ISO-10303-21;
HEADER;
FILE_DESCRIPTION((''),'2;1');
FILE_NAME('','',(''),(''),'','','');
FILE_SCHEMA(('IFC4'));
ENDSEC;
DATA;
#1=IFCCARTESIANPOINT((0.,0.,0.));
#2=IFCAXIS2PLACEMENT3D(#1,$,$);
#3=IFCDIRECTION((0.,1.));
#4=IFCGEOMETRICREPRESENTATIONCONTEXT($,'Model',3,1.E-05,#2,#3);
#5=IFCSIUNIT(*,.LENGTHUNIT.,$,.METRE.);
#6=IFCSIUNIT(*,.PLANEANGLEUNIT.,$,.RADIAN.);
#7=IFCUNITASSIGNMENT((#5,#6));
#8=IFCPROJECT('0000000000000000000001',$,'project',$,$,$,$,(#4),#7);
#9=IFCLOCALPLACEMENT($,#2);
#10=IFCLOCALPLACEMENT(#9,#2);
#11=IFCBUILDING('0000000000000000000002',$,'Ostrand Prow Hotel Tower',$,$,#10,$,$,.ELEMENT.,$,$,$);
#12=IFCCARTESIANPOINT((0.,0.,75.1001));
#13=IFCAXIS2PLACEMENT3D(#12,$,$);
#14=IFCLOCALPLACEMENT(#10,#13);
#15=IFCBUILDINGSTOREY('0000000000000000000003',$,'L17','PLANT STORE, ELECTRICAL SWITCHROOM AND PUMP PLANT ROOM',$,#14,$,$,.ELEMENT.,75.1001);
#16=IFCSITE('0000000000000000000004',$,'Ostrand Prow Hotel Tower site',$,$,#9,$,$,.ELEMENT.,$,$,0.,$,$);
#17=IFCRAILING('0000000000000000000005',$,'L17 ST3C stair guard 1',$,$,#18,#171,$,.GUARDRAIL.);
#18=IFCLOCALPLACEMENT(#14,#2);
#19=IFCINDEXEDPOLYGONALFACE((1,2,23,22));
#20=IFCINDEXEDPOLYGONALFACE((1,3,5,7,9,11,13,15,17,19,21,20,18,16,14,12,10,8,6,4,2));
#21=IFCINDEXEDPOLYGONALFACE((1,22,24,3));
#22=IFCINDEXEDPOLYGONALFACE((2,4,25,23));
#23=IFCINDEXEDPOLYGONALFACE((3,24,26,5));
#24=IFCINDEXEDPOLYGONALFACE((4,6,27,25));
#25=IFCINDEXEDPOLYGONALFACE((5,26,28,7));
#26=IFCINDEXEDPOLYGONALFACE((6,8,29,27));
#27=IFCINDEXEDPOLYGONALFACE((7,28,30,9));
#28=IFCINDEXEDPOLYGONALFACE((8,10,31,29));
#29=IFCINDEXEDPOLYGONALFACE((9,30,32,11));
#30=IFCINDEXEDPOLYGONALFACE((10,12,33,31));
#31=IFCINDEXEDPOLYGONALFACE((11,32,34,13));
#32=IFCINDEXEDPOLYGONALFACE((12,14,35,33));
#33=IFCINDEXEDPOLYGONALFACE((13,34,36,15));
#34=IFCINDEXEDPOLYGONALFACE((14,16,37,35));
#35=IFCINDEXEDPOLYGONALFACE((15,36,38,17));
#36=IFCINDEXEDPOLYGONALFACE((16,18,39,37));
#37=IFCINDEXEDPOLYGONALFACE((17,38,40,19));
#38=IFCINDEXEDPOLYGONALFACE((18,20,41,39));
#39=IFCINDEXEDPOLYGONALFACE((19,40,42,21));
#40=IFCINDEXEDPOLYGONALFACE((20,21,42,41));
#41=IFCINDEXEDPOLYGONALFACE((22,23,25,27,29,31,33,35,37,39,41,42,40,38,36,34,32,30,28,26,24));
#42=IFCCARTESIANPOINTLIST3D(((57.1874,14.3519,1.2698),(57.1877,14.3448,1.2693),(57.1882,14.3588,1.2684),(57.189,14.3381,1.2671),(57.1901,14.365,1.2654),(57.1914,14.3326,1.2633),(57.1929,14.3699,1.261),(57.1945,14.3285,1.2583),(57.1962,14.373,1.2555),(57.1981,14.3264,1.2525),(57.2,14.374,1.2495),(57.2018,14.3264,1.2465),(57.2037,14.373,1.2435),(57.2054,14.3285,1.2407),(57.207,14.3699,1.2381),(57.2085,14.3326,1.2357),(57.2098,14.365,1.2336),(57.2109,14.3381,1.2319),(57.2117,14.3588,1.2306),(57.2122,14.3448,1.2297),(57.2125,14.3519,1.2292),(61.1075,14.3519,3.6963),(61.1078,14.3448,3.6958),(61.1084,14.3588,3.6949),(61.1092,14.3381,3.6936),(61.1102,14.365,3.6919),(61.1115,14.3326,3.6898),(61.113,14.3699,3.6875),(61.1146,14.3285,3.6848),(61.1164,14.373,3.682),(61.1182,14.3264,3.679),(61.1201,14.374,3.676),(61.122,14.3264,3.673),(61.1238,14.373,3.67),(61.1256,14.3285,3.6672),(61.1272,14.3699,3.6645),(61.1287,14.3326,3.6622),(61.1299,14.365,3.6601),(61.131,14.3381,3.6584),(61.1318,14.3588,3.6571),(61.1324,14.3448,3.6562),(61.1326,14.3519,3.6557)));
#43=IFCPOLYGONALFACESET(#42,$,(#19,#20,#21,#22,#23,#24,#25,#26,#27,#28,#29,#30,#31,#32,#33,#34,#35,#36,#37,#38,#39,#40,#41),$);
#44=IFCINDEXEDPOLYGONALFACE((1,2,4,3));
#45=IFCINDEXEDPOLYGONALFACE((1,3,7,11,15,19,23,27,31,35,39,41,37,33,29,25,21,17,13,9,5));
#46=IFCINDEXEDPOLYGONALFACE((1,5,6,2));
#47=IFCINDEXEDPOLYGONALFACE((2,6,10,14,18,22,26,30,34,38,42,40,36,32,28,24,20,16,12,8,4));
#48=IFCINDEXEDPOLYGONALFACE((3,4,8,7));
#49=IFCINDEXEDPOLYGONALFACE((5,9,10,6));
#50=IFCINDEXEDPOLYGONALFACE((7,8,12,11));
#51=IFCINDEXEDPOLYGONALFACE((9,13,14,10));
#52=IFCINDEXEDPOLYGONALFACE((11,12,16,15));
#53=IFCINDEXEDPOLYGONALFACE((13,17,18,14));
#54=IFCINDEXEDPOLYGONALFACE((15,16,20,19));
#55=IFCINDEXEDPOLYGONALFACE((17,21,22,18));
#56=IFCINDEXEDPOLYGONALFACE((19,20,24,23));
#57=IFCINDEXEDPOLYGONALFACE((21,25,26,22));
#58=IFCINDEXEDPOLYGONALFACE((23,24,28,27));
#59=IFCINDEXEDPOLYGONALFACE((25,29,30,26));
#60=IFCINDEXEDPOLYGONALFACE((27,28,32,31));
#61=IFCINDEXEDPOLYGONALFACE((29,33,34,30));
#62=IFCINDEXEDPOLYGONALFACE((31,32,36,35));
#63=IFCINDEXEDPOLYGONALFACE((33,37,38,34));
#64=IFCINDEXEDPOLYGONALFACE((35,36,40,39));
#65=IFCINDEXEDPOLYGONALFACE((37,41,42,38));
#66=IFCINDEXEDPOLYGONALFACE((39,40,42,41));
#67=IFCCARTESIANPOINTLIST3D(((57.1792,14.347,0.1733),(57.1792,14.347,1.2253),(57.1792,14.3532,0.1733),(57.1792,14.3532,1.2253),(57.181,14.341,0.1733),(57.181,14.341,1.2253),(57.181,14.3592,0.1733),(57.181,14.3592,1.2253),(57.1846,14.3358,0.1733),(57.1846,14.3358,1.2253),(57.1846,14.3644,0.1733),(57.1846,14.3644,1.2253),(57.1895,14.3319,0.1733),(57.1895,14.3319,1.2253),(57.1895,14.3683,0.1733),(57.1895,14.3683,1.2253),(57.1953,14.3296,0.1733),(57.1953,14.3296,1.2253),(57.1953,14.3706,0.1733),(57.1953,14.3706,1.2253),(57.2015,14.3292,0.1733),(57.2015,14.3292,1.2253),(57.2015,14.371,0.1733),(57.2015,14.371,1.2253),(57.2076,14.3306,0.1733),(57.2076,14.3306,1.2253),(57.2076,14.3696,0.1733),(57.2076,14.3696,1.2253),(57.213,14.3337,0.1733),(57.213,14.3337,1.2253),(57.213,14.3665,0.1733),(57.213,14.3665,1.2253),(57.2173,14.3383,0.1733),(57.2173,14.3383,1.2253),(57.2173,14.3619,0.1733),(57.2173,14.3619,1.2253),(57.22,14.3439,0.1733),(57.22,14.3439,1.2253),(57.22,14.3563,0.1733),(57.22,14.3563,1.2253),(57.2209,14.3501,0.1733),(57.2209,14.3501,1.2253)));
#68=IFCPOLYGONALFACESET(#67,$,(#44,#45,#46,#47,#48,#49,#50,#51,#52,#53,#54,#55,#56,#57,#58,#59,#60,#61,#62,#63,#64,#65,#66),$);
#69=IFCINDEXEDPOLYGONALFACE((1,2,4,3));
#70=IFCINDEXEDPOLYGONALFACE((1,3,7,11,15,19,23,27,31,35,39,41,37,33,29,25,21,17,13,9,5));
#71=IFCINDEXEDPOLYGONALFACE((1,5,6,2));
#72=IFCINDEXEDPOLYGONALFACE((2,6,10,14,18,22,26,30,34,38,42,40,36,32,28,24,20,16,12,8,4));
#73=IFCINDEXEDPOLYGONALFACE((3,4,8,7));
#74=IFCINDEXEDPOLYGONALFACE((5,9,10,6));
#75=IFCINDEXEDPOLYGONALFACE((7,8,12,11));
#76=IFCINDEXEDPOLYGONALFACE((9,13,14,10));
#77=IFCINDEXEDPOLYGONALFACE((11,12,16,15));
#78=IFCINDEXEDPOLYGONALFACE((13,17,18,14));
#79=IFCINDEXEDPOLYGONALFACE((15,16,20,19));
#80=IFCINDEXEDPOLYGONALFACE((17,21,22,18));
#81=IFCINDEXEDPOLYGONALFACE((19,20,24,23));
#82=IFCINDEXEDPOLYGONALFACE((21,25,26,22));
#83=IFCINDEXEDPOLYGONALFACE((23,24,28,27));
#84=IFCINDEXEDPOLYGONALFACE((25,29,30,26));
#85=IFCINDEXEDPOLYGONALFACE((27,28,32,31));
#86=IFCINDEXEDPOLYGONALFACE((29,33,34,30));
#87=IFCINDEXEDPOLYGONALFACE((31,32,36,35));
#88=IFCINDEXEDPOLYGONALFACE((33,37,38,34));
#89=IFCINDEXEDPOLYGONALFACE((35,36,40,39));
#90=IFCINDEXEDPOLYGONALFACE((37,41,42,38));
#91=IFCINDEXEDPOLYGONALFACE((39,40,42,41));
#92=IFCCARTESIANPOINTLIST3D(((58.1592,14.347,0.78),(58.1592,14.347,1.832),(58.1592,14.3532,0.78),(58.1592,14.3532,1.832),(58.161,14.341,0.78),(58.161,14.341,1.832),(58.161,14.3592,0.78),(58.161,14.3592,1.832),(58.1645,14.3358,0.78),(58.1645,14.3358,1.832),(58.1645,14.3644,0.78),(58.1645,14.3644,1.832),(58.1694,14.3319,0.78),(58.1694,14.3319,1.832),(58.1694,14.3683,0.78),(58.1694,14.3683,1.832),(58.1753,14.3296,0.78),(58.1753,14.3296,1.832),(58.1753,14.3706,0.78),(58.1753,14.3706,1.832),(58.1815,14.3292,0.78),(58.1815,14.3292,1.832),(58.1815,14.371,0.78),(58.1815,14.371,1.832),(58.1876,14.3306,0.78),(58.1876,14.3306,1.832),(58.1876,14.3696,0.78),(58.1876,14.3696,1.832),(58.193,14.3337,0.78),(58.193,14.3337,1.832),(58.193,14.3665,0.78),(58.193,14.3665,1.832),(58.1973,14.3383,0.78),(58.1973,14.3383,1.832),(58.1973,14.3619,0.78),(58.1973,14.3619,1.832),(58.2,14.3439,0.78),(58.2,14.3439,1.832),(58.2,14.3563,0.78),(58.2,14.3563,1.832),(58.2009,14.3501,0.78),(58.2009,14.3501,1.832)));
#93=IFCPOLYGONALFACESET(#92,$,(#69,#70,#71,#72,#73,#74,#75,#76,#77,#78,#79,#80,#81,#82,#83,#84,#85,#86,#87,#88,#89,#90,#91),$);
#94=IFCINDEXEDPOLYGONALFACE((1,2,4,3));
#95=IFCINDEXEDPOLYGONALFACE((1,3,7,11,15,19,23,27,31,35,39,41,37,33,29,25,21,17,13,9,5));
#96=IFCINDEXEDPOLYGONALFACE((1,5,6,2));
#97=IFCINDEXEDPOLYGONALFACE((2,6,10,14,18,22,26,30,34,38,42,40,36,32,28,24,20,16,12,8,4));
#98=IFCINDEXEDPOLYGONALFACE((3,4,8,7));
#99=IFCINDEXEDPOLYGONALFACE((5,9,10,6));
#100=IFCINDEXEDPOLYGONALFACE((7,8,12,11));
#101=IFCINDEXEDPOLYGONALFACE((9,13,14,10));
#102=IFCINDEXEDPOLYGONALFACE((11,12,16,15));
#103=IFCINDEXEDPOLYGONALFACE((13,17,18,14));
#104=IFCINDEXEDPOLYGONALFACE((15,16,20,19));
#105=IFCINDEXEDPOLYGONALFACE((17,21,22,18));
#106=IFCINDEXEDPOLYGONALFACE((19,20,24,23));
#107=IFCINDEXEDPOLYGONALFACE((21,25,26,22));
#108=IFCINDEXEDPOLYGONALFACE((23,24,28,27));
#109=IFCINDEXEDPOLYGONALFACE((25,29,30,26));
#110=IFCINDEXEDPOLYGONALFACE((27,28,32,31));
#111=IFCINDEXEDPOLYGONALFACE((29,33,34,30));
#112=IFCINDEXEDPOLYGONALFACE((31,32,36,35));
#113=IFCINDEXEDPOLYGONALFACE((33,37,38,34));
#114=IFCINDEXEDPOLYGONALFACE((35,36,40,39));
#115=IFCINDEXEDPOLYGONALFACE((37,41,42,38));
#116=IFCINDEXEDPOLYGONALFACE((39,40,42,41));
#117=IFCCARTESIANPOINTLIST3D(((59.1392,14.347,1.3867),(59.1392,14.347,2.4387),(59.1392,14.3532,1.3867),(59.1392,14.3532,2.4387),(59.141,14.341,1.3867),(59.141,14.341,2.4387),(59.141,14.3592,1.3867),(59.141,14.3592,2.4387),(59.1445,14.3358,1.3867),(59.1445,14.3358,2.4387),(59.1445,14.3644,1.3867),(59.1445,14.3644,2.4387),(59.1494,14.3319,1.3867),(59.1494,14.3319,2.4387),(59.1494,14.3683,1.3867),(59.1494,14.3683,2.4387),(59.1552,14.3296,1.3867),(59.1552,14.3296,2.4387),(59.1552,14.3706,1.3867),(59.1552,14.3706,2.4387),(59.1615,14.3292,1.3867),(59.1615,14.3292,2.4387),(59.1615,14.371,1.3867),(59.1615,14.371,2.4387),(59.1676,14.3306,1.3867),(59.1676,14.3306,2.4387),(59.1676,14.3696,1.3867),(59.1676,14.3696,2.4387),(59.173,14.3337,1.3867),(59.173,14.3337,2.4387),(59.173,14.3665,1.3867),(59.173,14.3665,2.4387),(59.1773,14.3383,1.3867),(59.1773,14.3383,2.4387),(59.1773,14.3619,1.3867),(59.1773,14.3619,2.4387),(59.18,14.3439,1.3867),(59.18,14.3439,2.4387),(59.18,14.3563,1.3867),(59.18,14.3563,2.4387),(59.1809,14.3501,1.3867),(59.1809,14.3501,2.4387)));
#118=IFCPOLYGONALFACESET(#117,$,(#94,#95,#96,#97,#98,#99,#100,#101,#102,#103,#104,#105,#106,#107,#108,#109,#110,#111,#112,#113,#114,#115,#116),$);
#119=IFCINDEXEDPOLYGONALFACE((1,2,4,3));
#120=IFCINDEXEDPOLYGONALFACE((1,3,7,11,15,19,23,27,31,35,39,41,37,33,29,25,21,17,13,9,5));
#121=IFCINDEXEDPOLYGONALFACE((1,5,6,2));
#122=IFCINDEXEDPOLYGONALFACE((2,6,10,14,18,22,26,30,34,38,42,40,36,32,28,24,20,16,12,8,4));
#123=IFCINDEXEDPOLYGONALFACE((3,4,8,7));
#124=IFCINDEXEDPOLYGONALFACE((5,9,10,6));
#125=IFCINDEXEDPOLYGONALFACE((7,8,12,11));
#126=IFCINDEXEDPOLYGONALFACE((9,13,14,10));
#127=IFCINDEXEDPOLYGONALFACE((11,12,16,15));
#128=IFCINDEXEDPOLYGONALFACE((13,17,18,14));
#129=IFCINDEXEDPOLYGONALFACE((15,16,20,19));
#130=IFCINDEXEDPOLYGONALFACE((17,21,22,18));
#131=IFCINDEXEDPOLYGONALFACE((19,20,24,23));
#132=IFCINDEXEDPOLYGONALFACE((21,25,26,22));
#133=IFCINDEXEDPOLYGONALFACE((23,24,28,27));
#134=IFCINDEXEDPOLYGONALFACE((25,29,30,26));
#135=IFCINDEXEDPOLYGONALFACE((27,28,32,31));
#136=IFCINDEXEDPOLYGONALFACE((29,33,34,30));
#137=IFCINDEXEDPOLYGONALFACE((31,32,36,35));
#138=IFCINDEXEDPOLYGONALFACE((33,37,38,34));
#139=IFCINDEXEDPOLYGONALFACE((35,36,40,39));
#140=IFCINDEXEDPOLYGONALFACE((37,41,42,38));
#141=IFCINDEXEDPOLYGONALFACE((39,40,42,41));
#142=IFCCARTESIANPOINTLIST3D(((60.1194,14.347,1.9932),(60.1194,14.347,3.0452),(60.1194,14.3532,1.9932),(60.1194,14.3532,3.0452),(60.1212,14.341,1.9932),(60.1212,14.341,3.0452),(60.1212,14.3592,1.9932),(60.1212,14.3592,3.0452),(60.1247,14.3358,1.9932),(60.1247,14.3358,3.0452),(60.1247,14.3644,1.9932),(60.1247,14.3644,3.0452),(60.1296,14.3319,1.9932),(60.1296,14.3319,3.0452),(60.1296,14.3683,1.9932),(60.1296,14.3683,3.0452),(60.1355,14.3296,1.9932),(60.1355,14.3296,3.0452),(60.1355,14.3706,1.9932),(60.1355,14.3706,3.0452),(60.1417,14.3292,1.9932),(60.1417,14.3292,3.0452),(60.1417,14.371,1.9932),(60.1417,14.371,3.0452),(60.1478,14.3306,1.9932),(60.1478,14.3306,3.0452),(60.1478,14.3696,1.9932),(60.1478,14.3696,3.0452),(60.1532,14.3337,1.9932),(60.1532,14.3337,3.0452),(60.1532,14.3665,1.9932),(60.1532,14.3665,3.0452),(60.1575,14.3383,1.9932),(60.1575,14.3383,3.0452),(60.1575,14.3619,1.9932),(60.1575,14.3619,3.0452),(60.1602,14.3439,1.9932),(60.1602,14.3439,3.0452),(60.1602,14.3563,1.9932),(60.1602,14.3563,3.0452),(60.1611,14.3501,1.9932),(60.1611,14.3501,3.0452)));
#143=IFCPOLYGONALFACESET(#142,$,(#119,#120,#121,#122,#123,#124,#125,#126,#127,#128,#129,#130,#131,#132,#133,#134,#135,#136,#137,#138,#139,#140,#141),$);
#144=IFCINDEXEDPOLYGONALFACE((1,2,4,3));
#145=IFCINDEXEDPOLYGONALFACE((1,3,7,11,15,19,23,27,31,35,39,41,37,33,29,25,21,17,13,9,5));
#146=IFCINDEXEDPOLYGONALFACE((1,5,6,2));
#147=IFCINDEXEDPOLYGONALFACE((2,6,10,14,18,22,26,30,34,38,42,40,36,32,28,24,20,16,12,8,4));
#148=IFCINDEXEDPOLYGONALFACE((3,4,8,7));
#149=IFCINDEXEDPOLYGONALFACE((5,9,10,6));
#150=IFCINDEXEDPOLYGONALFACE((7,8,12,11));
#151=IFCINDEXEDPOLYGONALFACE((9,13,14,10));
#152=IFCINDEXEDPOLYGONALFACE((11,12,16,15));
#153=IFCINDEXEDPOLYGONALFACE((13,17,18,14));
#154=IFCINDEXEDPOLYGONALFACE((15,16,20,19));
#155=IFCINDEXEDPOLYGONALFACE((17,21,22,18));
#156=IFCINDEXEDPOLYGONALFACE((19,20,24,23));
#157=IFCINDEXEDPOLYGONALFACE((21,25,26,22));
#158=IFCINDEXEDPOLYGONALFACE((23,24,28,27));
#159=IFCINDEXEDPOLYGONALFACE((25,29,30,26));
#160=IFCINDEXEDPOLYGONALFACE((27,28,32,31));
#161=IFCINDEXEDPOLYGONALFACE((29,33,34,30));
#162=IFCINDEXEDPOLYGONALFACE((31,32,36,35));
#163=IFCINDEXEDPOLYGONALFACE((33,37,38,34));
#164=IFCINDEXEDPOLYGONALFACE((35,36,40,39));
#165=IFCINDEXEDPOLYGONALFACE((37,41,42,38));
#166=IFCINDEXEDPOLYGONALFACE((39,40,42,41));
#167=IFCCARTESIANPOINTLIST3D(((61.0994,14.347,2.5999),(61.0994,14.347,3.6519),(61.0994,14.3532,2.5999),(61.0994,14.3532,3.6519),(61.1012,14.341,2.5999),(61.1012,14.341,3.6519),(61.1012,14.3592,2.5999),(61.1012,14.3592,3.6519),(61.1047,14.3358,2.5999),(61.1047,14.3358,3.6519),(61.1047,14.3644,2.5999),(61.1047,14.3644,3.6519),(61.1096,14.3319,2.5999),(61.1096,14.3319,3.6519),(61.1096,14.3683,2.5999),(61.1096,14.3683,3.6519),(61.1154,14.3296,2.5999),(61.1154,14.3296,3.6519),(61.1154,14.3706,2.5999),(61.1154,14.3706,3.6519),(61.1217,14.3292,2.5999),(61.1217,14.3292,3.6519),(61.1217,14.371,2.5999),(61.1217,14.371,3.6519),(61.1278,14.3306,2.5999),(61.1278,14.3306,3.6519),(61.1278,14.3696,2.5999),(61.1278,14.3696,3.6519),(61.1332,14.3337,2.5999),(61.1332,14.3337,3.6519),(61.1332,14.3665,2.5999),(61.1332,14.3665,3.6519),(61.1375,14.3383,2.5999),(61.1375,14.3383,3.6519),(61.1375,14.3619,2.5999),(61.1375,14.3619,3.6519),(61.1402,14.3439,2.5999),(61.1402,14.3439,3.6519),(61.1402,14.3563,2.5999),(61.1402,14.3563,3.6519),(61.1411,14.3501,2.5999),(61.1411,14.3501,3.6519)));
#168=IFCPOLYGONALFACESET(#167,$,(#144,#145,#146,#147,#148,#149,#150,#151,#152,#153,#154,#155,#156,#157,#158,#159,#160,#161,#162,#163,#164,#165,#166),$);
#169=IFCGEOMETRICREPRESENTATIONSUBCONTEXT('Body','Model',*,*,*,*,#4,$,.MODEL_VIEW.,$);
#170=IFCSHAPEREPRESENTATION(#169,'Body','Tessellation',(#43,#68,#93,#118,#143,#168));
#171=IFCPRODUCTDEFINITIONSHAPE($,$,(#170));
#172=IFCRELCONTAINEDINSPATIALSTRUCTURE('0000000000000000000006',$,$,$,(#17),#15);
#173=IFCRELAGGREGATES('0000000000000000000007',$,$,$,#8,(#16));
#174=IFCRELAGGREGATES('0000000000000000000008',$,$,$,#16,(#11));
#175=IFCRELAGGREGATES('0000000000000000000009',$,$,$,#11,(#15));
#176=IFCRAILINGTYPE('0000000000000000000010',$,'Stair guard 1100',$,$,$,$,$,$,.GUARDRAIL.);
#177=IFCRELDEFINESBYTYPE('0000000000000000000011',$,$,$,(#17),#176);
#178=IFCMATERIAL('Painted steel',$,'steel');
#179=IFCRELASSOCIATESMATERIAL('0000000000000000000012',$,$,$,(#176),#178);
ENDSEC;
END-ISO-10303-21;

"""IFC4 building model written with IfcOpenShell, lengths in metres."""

from ifc_helpers import new_model, si_unit, direction, frame, origin, origin_2d, place, context, subcontext, project, spatial, circle, extrude, material, type_object, element, save


model = new_model("IFC4")

# Units and contexts
model_context = context("Model", 3, precision=1e-05, world=origin(), true_north=direction((0.0, 1.0)))
body_context = subcontext(model_context, "Body", "Model", "MODEL_VIEW")
ifc_project = project(units=[si_unit("LENGTHUNIT", "METRE"), si_unit("PLANEANGLEUNIT", "RADIAN")], contexts=[model_context])

# Site, building, storey
site_placement = place(None, origin())
site = spatial("IfcSite", under=ifc_project, at=site_placement, Name="Ostrand Prow Hotel Tower site", CompositionType="ELEMENT", RefElevation=0.0)
building_placement = place(site_placement, origin())
building = spatial("IfcBuilding", under=site, at=building_placement, Name="Ostrand Prow Hotel Tower", CompositionType="ELEMENT")
storey_placement = place(building_placement, frame((0.0, 0.0, 75.1001)))
storey = spatial("IfcBuildingStorey", under=building, at=storey_placement, Name="L17", Description="PLANT STORE, ELECTRICAL SWITCHROOM AND PUMP PLANT ROOM", CompositionType="ELEMENT", Elevation=75.1001)

# Railing
ifc_material_1 = material(Name="Painted steel", Category="steel")
railing_type_1 = type_object("IfcRailingType", Name="Stair guard 1100", PredefinedType="GUARDRAIL", material=ifc_material_1)
railing_1_placement = place(storey_placement, frame((57.2, 14.3501, 0.1733)))
element("IfcRailing", 1, at=railing_1_placement, inside=storey, type_object=railing_type_1, Name="L17 ST3C stair guard 1", PredefinedType="GUARDRAIL", context=body_context, shape_type="SweptSolid", body=[
    extrude(circle(Radius=0.0239, at=origin_2d()), frame((0.0, 0.0, 1.0762), z_axis=(0.85029, 0.0, 0.526315), x_axis=(0.0, 1.0, 0.0)), (0.0, 0.0, 1.0), 4.6104),
    extrude(circle(Radius=0.021, at=origin_2d()), origin(), (0.0, 0.0, 1.0), 1.052),
    extrude(circle(Radius=0.021, at=origin_2d()), frame((0.98, 0.0, 0.6067)), (0.0, 0.0, 1.0), 1.052),
    extrude(circle(Radius=0.021, at=origin_2d()), frame((1.96, 0.0, 1.2134)), (0.0, 0.0, 1.0), 1.052),
    extrude(circle(Radius=0.021, at=origin_2d()), frame((2.9402, 0.0, 1.8198)), (0.0, 0.0, 1.0), 1.052),
    extrude(circle(Radius=0.021, at=origin_2d()), frame((3.9202, 0.0, 2.4265)), (0.0, 0.0, 1.0), 1.052),
])

save(model, "model.ifc")
